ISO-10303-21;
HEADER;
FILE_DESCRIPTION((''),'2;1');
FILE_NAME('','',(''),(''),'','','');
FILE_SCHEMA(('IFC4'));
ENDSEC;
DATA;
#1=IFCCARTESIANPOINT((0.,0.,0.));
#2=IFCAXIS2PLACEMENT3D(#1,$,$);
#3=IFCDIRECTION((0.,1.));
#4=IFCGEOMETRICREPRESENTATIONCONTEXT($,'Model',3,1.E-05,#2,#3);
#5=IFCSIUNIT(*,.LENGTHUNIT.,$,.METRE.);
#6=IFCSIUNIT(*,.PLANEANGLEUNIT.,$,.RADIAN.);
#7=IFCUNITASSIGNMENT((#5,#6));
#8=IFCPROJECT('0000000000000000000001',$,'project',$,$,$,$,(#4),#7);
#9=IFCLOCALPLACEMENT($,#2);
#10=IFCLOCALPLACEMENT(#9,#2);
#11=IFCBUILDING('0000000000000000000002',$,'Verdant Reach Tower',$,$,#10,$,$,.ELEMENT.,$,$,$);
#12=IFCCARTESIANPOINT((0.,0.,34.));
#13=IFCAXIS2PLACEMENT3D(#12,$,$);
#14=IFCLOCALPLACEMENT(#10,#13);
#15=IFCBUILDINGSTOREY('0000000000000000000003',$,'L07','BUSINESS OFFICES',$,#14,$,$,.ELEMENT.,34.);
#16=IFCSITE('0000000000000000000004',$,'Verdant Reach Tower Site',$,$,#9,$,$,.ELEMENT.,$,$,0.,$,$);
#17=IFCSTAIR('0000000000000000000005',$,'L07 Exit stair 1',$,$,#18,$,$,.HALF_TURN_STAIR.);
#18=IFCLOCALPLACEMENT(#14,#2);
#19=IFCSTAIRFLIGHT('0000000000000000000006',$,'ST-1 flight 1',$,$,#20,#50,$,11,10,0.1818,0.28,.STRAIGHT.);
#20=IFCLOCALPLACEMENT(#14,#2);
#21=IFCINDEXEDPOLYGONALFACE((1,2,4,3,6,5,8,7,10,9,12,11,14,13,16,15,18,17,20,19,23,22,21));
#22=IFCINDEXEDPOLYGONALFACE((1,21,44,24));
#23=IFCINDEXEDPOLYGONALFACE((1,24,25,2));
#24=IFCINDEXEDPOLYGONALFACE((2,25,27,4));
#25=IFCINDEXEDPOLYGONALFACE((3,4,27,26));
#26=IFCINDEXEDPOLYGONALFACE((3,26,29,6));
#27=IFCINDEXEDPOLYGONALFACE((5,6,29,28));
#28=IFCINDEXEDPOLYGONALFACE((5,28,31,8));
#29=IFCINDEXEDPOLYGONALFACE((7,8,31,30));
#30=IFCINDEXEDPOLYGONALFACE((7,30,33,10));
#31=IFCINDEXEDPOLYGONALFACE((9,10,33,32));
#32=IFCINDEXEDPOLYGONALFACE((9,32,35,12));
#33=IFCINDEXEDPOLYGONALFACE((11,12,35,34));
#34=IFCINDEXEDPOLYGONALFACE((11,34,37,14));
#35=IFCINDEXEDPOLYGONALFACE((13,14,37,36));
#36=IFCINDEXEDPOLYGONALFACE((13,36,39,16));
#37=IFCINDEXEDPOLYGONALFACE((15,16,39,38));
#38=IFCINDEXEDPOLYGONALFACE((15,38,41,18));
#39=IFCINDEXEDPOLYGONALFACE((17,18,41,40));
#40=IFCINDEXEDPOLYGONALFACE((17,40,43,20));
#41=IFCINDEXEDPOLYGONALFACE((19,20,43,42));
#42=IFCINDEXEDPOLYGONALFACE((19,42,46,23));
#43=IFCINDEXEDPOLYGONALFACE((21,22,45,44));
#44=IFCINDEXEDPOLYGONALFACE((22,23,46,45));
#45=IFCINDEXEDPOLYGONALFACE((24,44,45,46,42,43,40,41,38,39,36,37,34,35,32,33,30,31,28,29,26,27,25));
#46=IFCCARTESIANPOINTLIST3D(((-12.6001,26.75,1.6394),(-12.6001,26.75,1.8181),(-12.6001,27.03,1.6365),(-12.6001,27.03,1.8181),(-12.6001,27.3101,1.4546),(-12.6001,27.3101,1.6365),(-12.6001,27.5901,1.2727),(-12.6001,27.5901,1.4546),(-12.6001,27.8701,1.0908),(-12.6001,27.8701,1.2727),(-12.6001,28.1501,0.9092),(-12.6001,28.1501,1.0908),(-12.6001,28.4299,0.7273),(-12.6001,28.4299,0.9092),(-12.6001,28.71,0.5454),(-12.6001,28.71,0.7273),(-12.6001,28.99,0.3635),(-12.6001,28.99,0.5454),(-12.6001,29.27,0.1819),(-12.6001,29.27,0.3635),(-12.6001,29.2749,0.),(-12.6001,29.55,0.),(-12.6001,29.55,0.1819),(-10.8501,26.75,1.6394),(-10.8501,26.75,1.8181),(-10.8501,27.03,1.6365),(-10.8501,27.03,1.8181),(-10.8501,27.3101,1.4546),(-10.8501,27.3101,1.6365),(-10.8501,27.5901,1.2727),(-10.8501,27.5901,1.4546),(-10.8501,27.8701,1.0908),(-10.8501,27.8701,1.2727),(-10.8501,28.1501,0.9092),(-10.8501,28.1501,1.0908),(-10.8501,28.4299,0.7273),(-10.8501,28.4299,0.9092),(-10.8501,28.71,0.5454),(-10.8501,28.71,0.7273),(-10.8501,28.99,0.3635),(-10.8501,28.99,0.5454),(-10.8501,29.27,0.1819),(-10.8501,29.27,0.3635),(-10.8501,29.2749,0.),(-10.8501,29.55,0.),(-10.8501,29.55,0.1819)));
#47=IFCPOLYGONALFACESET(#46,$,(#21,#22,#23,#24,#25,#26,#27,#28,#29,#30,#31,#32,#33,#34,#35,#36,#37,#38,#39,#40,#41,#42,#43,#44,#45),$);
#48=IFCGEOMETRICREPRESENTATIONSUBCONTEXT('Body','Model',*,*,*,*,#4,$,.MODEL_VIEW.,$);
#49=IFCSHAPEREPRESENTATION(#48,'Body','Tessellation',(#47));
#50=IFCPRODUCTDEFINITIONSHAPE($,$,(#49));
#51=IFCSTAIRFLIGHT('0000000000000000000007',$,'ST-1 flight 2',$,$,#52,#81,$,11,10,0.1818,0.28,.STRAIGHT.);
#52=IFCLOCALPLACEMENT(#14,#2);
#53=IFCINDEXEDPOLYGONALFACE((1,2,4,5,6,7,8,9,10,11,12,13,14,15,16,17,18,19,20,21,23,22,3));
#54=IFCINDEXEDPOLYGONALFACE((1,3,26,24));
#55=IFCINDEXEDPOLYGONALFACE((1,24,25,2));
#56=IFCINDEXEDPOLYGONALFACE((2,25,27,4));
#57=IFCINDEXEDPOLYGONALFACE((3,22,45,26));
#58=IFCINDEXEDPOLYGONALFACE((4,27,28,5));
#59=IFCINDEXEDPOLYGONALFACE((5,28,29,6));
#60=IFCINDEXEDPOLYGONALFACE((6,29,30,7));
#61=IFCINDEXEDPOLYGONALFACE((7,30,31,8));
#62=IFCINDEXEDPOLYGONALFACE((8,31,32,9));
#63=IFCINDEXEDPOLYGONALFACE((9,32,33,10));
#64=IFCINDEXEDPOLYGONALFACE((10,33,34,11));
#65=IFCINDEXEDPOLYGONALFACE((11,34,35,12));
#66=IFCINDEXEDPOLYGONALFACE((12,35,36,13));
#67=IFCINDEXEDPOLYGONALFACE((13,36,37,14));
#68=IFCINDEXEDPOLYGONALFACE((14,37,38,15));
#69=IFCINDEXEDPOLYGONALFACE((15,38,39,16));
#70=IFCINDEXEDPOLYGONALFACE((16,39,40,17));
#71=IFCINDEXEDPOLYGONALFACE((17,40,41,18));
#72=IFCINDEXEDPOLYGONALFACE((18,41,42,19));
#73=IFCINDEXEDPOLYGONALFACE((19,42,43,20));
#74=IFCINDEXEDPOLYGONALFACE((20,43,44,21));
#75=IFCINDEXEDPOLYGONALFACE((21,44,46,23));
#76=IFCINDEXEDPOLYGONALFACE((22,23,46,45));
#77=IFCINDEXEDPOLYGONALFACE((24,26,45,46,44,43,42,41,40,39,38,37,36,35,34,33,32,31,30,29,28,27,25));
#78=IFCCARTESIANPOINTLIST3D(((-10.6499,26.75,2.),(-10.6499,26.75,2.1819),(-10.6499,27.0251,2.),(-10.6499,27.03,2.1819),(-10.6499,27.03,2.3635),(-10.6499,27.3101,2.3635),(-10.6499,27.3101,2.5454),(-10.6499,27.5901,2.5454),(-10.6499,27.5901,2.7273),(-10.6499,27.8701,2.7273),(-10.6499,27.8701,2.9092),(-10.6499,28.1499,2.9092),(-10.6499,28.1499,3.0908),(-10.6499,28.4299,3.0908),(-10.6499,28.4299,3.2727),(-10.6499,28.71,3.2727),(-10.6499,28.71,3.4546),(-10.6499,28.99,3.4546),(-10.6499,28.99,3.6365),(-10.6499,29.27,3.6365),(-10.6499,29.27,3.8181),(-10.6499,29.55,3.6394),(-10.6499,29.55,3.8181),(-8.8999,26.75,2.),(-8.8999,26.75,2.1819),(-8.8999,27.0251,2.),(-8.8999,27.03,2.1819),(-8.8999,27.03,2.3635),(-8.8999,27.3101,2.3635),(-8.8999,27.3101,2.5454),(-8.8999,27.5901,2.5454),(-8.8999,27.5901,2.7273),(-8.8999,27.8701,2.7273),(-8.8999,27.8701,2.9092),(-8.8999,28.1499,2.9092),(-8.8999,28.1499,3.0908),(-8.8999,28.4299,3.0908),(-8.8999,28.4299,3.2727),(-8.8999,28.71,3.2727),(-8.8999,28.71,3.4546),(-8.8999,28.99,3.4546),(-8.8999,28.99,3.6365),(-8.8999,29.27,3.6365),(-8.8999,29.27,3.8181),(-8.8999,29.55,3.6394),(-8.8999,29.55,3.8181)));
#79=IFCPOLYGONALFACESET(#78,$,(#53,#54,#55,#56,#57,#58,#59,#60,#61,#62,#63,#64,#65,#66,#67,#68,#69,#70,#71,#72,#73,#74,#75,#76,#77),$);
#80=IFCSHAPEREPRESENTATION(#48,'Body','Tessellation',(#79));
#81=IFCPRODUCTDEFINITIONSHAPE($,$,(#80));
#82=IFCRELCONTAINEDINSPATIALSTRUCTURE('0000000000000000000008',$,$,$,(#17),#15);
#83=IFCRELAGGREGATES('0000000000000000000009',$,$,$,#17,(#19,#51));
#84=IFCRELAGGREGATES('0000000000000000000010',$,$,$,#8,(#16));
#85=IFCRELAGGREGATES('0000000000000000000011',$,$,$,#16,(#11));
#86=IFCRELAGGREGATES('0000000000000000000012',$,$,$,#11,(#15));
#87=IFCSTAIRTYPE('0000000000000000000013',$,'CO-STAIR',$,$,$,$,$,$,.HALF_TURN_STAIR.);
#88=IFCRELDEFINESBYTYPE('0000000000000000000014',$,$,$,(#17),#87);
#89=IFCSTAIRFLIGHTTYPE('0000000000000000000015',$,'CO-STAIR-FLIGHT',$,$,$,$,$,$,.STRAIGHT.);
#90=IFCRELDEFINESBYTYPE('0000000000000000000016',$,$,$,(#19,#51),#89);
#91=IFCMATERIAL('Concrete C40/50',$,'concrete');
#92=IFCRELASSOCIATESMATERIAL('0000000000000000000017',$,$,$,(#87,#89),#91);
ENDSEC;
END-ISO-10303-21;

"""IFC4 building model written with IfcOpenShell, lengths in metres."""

from ifc_helpers import new_model, si_unit, direction, frame, origin, place, context, subcontext, project, spatial, polyline, outline, extrude, material, type_object, element, aggregate, save


model = new_model("IFC4")

# Units and contexts
model_context = context("Model", 3, precision=1e-05, world=origin(), true_north=direction((0.0, 1.0)))
body_context = subcontext(model_context, "Body", "Model", "MODEL_VIEW")
ifc_project = project(units=[si_unit("LENGTHUNIT", "METRE"), si_unit("PLANEANGLEUNIT", "RADIAN")], contexts=[model_context])

# Site, building, storey
site_placement = place(None, origin())
site = spatial("IfcSite", under=ifc_project, at=site_placement, Name="Verdant Reach Tower Site", CompositionType="ELEMENT", RefElevation=0.0)
building_placement = place(site_placement, origin())
building = spatial("IfcBuilding", under=site, at=building_placement, Name="Verdant Reach Tower", CompositionType="ELEMENT")
storey_placement = place(building_placement, frame((0.0, 0.0, 34.0)))
storey = spatial("IfcBuildingStorey", under=building, at=storey_placement, Name="L07", Description="BUSINESS OFFICES", CompositionType="ELEMENT", Elevation=34.0)

# Shared definitions
ifc_material_1 = material(Name="Concrete C40/50", Category="concrete")

# Stair, stair flights
stair_type = type_object("IfcStairType", Name="CO-STAIR", PredefinedType="HALF_TURN_STAIR", material=ifc_material_1)
stair_placement = place(storey_placement, origin())
stair = element("IfcStair", 1, at=stair_placement, inside=storey, type_object=stair_type, Name="L07 Exit stair 1", PredefinedType="HALF_TURN_STAIR")
stair_flight_type = type_object("IfcStairFlightType", Name="CO-STAIR-FLIGHT", PredefinedType="STRAIGHT", material=ifc_material_1)
stair_flight_1_placement = place(storey_placement, frame((-11.7251, 29.55, 0.0), z_axis=(0.0, 0.0, 1.0), x_axis=(0.0, -1.0, 0.0)))
stair_flight_1 = element("IfcStairFlight", 2, at=stair_flight_1_placement, type_object=stair_flight_type, Name="ST-1 flight 1", NumberOfRisers=11, NumberOfTreads=10, PredefinedType="STRAIGHT", RiserHeight=0.1818, TreadLength=0.28, context=body_context, shape_type="SweptSolid", body=[
    extrude(outline(polyline([(0.0, 0.0), (0.0, 0.1819), (0.28, 0.1819), (0.28, 0.3635), (0.5601, 0.3635), (0.5601, 0.5454), (0.8401, 0.5454), (0.8401, 0.7273), (1.1201, 0.7273), (1.1201, 0.9092), (1.3999, 0.9092), (1.3999, 1.0908), (1.6799, 1.0908), (1.6799, 1.2727), (1.96, 1.2727), (1.96, 1.4546), (2.24, 1.4546), (2.24, 1.6365), (2.52, 1.6365), (2.52, 1.8181), (2.8, 1.8181), (2.8, 2.0), (2.8, 1.6394), (0.2751, 0.0), (0.0, 0.0)])), frame((0.0, 0.875, 0.0), z_axis=(0.0, -1.0, 0.0), x_axis=(1.0, 0.0, 0.0)), (0.0, 0.0, 1.0), 1.75),
])
stair_flight_2_placement = place(storey_placement, frame((-9.7749, 26.75, 2.0), z_axis=(0.0, 0.0, 1.0), x_axis=(0.0, 1.0, 0.0)))
stair_flight_2 = element("IfcStairFlight", 3, at=stair_flight_2_placement, type_object=stair_flight_type, Name="ST-1 flight 2", NumberOfRisers=11, NumberOfTreads=10, PredefinedType="STRAIGHT", RiserHeight=0.1818, TreadLength=0.28, context=body_context, shape_type="SweptSolid", body=[
    extrude(outline(polyline([(0.0, 0.0), (0.0, 0.1819), (0.28, 0.1819), (0.28, 0.3635), (0.5601, 0.3635), (0.5601, 0.5454), (0.8401, 0.5454), (0.8401, 0.7273), (1.1201, 0.7273), (1.1201, 0.9092), (1.3999, 0.9092), (1.3999, 1.0908), (1.6799, 1.0908), (1.6799, 1.2727), (1.96, 1.2727), (1.96, 1.4546), (2.24, 1.4546), (2.24, 1.6365), (2.52, 1.6365), (2.52, 1.8181), (2.8, 1.8181), (2.8, 2.0), (2.8, 1.6394), (0.2751, 0.0), (0.0, 0.0)])), frame((0.0, 0.875, 0.0), z_axis=(0.0, -1.0, 0.0), x_axis=(1.0, 0.0, 0.0)), (0.0, 0.0, 1.0), 1.75),
])
aggregate(stair, [stair_flight_1, stair_flight_2])

save(model, "model.ifc")
